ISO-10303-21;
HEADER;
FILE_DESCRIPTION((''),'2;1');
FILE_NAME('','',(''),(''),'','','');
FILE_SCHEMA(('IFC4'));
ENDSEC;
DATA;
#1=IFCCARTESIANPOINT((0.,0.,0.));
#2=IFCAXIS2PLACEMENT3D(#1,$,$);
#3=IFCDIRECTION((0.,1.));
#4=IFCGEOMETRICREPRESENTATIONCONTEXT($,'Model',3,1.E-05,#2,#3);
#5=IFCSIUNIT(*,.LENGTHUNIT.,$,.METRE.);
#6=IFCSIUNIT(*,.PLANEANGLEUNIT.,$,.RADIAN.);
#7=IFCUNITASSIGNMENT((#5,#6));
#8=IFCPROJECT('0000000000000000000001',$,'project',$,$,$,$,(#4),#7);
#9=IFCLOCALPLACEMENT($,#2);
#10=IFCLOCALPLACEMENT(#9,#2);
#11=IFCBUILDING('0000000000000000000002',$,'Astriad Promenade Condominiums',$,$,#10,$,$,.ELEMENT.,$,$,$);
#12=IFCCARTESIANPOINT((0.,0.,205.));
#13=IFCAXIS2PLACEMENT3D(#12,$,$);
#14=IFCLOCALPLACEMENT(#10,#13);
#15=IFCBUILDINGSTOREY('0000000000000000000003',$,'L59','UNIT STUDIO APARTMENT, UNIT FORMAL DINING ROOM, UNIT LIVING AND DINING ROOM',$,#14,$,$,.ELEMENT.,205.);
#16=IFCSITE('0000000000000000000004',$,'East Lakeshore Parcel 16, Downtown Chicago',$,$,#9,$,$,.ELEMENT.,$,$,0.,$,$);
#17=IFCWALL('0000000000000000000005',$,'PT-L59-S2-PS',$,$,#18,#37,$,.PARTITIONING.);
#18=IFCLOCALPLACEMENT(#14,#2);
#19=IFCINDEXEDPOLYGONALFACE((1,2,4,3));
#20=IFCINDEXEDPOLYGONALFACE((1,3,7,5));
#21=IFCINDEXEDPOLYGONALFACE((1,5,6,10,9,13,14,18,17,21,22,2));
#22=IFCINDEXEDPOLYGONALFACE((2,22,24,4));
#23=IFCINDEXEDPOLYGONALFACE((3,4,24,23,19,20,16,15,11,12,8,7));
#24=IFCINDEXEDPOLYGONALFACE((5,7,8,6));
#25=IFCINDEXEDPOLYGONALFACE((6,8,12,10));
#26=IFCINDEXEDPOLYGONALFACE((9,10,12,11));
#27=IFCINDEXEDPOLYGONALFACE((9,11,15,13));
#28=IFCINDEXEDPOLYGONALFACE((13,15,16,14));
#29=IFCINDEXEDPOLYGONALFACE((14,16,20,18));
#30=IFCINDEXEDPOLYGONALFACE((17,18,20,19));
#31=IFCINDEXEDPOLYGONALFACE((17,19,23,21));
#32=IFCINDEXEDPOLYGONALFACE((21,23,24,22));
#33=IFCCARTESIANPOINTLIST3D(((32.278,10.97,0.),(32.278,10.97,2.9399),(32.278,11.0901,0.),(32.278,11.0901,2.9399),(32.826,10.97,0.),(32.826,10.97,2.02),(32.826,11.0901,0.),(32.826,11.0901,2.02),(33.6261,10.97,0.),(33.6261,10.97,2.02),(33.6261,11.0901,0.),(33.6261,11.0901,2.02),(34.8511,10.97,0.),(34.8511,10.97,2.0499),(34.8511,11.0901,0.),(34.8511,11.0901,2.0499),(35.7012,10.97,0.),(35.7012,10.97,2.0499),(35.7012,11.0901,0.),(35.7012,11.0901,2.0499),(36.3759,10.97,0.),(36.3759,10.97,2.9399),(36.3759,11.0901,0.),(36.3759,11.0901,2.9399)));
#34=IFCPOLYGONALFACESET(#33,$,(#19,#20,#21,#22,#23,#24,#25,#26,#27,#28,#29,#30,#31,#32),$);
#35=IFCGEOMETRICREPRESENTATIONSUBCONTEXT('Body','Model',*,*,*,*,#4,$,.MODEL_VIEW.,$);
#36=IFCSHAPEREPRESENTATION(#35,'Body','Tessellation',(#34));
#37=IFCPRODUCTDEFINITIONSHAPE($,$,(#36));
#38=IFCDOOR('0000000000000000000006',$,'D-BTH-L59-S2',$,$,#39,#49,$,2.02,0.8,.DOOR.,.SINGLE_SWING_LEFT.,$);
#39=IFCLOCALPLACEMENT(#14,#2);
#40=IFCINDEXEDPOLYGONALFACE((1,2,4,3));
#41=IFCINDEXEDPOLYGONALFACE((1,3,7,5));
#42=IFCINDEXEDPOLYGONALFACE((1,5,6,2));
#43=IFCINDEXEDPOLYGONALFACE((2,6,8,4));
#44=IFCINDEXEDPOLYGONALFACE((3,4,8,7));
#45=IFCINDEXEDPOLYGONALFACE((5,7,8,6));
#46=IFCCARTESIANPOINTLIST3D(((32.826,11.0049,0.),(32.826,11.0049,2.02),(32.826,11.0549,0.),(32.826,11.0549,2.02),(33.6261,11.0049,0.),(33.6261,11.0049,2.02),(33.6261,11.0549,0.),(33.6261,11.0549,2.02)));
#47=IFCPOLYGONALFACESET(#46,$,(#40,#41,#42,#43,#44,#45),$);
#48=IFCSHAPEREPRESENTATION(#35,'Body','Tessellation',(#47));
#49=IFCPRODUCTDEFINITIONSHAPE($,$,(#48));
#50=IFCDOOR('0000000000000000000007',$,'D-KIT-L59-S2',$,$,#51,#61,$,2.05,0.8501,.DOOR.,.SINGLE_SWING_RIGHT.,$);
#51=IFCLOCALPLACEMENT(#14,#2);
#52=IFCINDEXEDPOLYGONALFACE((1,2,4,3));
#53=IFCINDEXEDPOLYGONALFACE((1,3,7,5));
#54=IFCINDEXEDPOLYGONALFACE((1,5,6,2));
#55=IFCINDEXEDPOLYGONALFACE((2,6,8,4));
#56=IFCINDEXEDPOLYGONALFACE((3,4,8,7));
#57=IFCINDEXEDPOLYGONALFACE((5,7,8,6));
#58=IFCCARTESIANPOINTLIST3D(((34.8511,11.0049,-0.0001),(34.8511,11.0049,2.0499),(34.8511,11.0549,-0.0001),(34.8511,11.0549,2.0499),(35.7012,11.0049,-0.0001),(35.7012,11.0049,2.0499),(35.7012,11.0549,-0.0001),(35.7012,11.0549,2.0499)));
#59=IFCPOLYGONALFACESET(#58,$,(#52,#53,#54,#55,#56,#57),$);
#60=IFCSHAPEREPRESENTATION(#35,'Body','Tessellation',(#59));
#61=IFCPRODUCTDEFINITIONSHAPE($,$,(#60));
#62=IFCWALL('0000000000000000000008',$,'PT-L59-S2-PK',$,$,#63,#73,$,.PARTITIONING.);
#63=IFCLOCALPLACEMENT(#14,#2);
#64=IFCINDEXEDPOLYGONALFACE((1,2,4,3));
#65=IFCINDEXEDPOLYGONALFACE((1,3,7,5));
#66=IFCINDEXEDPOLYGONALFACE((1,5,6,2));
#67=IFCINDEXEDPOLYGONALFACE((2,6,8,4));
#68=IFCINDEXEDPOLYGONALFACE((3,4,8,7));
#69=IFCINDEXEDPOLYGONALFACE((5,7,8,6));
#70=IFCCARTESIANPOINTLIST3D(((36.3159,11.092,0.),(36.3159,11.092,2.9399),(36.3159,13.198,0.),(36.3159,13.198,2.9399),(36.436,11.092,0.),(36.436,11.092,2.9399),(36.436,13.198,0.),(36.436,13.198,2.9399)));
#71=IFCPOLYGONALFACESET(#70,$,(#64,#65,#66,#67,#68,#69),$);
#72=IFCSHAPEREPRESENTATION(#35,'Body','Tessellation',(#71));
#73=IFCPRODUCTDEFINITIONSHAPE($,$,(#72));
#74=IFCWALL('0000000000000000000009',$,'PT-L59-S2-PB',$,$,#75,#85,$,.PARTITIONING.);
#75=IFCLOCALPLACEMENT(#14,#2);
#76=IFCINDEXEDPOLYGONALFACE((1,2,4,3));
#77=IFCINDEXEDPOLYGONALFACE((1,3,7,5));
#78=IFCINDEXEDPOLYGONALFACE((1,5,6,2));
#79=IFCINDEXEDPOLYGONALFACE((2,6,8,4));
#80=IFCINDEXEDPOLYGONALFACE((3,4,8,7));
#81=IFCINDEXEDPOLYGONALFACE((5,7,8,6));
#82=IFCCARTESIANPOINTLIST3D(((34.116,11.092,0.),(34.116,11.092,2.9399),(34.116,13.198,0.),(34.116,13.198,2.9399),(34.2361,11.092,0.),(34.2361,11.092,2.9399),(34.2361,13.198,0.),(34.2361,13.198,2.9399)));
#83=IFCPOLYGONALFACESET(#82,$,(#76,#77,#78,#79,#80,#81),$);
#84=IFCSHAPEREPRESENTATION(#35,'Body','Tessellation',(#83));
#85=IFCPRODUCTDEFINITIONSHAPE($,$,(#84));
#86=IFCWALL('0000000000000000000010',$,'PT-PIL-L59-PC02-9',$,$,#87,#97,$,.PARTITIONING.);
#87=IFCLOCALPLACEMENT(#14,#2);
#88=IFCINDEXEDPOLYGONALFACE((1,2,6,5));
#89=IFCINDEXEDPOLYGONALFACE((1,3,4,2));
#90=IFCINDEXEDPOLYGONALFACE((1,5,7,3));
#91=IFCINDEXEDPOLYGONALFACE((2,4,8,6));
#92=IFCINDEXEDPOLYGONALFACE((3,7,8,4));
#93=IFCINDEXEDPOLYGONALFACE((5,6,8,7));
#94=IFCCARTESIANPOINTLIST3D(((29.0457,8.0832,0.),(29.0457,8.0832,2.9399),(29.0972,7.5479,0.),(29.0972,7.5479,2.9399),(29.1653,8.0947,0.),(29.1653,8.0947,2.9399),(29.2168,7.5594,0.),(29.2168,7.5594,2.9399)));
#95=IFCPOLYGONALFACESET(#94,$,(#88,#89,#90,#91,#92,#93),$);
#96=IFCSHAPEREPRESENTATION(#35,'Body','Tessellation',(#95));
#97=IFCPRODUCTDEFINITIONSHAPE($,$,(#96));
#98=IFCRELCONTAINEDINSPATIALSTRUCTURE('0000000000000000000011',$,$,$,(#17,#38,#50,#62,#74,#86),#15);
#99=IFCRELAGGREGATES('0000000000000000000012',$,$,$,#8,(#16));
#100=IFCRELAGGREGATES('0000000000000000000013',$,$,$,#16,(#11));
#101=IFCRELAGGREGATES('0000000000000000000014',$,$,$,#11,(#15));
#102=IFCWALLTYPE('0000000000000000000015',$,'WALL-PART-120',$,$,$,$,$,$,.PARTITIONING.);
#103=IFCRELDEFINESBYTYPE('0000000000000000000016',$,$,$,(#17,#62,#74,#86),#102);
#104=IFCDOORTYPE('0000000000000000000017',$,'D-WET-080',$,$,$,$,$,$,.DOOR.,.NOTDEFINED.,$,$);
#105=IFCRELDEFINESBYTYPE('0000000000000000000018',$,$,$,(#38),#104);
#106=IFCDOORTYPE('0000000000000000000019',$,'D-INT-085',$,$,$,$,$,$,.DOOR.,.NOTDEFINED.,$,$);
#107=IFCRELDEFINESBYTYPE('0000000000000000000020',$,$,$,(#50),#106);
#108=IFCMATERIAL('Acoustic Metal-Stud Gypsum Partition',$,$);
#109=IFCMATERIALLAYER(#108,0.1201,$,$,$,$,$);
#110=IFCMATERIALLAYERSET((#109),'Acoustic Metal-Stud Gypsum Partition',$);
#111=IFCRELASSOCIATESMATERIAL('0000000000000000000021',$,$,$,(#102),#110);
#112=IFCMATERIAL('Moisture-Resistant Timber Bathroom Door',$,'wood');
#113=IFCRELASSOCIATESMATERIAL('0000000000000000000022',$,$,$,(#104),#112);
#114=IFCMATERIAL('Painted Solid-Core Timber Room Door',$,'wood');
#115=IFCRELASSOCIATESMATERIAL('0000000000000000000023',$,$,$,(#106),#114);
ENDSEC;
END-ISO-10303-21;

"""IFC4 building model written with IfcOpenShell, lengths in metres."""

from ifc_helpers import new_model, si_unit, direction, frame, frame_2d, origin, place, context, subcontext, project, spatial, rectangle, extrude, source, transform, mapped, material, layer, layer_set, type_object, type_shapes, element, fill, save


model = new_model("IFC4")

# Units and contexts
model_context = context("Model", 3, precision=1e-05, world=origin(), true_north=direction((0.0, 1.0)))
body_context = subcontext(model_context, "Body", "Model", "MODEL_VIEW")
ifc_project = project(units=[si_unit("LENGTHUNIT", "METRE"), si_unit("PLANEANGLEUNIT", "RADIAN")], contexts=[model_context])

# Site, building, storey
site_placement = place(None, origin())
site = spatial("IfcSite", under=ifc_project, at=site_placement, Name="East Lakeshore Parcel 16, Downtown Chicago", CompositionType="ELEMENT", RefElevation=0.0)
building_placement = place(site_placement, origin())
building = spatial("IfcBuilding", under=site, at=building_placement, Name="Astriad Promenade Condominiums", CompositionType="ELEMENT")
storey_placement = place(building_placement, frame((0.0, 0.0, 205.0)))
storey = spatial("IfcBuildingStorey", under=building, at=storey_placement, Name="L59", Description="UNIT STUDIO APARTMENT, UNIT FORMAL DINING ROOM, UNIT LIVING AND DINING ROOM", CompositionType="ELEMENT", Elevation=205.0)

# Wall, openings, doors
ifc_material_1 = material(Name="Acoustic Metal-Stud Gypsum Partition")
ifc_layer_1 = layer(ifc_material_1, 0.1201)
ifc_layer_set_1 = layer_set([ifc_layer_1], Name="Acoustic Metal-Stud Gypsum Partition")
wall_type_1 = type_object("IfcWallType", Name="WALL-PART-120", PredefinedType="PARTITIONING", material=ifc_layer_set_1)
wall_1_placement = place(storey_placement, frame((32.2781, 11.03, 0.0), z_axis=(0.0, 0.0, 1.0), x_axis=(1.0, 0.0, 0.0)))
wall_1 = element("IfcWall", 1, at=wall_1_placement, inside=storey, type_object=wall_type_1, Name="PT-L59-S2-PS", PredefinedType="PARTITIONING", context=body_context, shape_type="SweptSolid", body=[
    extrude(rectangle(XDim=4.0979, YDim=0.1201, at=frame_2d((2.0488, 0.0))), origin(), (0.0, 0.0, 1.0), 2.9399),
])
opening_1_placement = place(wall_1_placement, frame((0.5481, 0.0, 0.0)))
opening_1 = element("IfcOpeningElement", 2, at=opening_1_placement, cuts=wall_1, PredefinedType="OPENING", context=body_context, shape_type="SweptSolid", body=[
    extrude(rectangle(XDim=0.8, YDim=2.02, at=frame_2d((0.3999, 1.01))), frame((0.0, 0.0701, 0.0), z_axis=(0.0, -1.0, 0.0), x_axis=(1.0, 0.0, 0.0)), (0.0, 0.0, 1.0), 0.1401),
])
opening_2_placement = place(wall_1_placement, frame((2.573, 0.0, 0.0)))
opening_2 = element("IfcOpeningElement", 3, at=opening_2_placement, cuts=wall_1, PredefinedType="OPENING", context=body_context, shape_type="SweptSolid", body=[
    extrude(rectangle(XDim=0.8501, YDim=2.05, at=frame_2d((0.425, 1.0249))), frame((0.0, 0.0701, 0.0), z_axis=(0.0, -1.0, 0.0), x_axis=(1.0, 0.0, 0.0)), (0.0, 0.0, 1.0), 0.1401),
])
ifc_material_2 = material(Name="Moisture-Resistant Timber Bathroom Door", Category="wood")
door_type_1 = type_object("IfcDoorType", Name="D-WET-080", OperationType="NOTDEFINED", PredefinedType="DOOR", material=ifc_material_2)
shared_shape_1 = source(origin(), body_context, "Body", "SweptSolid", [
    extrude(rectangle(XDim=0.8, YDim=2.02, at=frame_2d((0.3999, 1.01))), frame((0.0, 0.0249, 0.0), z_axis=(0.0, -1.0, 0.0), x_axis=(1.0, 0.0, 0.0)), (0.0, 0.0, 1.0), 0.05),
])
type_shapes(door_type_1, [shared_shape_1])
door_1_placement = place(opening_1_placement, origin())
door_1 = element("IfcDoor", 4, at=door_1_placement, inside=storey, type_object=door_type_1, Name="D-BTH-L59-S2", OperationType="SINGLE_SWING_LEFT", OverallHeight=2.02, OverallWidth=0.8, PredefinedType="DOOR", context=body_context, shape_type="MappedRepresentation", body=[
    mapped(shared_shape_1, transform((0.0, 0.0, 0.0), scale=1.0)),
])
fill(opening_1, door_1)
ifc_material_3 = material(Name="Painted Solid-Core Timber Room Door", Category="wood")
door_type_2 = type_object("IfcDoorType", Name="D-INT-085", OperationType="NOTDEFINED", PredefinedType="DOOR", material=ifc_material_3)
shared_shape_2 = source(origin(), body_context, "Body", "SweptSolid", [
    extrude(rectangle(XDim=0.8501, YDim=2.05, at=frame_2d((0.425, 1.0249))), frame((0.0, 0.0249, 0.0), z_axis=(0.0, -1.0, 0.0), x_axis=(1.0, 0.0, 0.0)), (0.0, 0.0, 1.0), 0.05),
])
type_shapes(door_type_2, [shared_shape_2])
door_2_placement = place(opening_2_placement, origin())
door_2 = element("IfcDoor", 5, at=door_2_placement, inside=storey, type_object=door_type_2, Name="D-KIT-L59-S2", OperationType="SINGLE_SWING_RIGHT", OverallHeight=2.05, OverallWidth=0.8501, PredefinedType="DOOR", context=body_context, shape_type="MappedRepresentation", body=[
    mapped(shared_shape_2, transform((0.0, 0.0, 0.0), scale=1.0)),
])
fill(opening_2, door_2)

# Walls
for number, where, z_axis, x_axis, name in (
    (6, (36.376, 11.092, 0.0), (0.0, 0.0, 1.0), (0.0, 1.0, 0.0), "PT-L59-S2-PK"),
    (7, (34.176, 11.092, 0.0), (0.0, 0.0, 1.0), (0.0, 1.0, 0.0), "PT-L59-S2-PB"),
):
    element("IfcWall", number, at=place(storey_placement, frame(where, z_axis=z_axis, x_axis=x_axis)), inside=storey, type_object=wall_type_1, Name=name, PredefinedType="PARTITIONING", context=body_context, shape_type="SweptSolid", body=[
        extrude(rectangle(XDim=2.106, YDim=0.1201, at=frame_2d((1.053, 0.0))), origin(), (0.0, 0.0, 1.0), 2.9399),
    ])
wall_2_placement = place(storey_placement, frame((29.1055, 8.0891, 0.0), z_axis=(0.0, 0.0, 1.0), x_axis=(0.095773, -0.995403, 0.0)))
element("IfcWall", 8, at=wall_2_placement, inside=storey, type_object=wall_type_1, Name="PT-PIL-L59-PC02-9", PredefinedType="PARTITIONING", context=body_context, shape_type="SweptSolid", body=[
    extrude(rectangle(XDim=0.5378, YDim=0.1201, at=frame_2d((0.269, 0.0))), origin(), (0.0, 0.0, 1.0), 2.9399),
])

save(model, "model.ifc")
